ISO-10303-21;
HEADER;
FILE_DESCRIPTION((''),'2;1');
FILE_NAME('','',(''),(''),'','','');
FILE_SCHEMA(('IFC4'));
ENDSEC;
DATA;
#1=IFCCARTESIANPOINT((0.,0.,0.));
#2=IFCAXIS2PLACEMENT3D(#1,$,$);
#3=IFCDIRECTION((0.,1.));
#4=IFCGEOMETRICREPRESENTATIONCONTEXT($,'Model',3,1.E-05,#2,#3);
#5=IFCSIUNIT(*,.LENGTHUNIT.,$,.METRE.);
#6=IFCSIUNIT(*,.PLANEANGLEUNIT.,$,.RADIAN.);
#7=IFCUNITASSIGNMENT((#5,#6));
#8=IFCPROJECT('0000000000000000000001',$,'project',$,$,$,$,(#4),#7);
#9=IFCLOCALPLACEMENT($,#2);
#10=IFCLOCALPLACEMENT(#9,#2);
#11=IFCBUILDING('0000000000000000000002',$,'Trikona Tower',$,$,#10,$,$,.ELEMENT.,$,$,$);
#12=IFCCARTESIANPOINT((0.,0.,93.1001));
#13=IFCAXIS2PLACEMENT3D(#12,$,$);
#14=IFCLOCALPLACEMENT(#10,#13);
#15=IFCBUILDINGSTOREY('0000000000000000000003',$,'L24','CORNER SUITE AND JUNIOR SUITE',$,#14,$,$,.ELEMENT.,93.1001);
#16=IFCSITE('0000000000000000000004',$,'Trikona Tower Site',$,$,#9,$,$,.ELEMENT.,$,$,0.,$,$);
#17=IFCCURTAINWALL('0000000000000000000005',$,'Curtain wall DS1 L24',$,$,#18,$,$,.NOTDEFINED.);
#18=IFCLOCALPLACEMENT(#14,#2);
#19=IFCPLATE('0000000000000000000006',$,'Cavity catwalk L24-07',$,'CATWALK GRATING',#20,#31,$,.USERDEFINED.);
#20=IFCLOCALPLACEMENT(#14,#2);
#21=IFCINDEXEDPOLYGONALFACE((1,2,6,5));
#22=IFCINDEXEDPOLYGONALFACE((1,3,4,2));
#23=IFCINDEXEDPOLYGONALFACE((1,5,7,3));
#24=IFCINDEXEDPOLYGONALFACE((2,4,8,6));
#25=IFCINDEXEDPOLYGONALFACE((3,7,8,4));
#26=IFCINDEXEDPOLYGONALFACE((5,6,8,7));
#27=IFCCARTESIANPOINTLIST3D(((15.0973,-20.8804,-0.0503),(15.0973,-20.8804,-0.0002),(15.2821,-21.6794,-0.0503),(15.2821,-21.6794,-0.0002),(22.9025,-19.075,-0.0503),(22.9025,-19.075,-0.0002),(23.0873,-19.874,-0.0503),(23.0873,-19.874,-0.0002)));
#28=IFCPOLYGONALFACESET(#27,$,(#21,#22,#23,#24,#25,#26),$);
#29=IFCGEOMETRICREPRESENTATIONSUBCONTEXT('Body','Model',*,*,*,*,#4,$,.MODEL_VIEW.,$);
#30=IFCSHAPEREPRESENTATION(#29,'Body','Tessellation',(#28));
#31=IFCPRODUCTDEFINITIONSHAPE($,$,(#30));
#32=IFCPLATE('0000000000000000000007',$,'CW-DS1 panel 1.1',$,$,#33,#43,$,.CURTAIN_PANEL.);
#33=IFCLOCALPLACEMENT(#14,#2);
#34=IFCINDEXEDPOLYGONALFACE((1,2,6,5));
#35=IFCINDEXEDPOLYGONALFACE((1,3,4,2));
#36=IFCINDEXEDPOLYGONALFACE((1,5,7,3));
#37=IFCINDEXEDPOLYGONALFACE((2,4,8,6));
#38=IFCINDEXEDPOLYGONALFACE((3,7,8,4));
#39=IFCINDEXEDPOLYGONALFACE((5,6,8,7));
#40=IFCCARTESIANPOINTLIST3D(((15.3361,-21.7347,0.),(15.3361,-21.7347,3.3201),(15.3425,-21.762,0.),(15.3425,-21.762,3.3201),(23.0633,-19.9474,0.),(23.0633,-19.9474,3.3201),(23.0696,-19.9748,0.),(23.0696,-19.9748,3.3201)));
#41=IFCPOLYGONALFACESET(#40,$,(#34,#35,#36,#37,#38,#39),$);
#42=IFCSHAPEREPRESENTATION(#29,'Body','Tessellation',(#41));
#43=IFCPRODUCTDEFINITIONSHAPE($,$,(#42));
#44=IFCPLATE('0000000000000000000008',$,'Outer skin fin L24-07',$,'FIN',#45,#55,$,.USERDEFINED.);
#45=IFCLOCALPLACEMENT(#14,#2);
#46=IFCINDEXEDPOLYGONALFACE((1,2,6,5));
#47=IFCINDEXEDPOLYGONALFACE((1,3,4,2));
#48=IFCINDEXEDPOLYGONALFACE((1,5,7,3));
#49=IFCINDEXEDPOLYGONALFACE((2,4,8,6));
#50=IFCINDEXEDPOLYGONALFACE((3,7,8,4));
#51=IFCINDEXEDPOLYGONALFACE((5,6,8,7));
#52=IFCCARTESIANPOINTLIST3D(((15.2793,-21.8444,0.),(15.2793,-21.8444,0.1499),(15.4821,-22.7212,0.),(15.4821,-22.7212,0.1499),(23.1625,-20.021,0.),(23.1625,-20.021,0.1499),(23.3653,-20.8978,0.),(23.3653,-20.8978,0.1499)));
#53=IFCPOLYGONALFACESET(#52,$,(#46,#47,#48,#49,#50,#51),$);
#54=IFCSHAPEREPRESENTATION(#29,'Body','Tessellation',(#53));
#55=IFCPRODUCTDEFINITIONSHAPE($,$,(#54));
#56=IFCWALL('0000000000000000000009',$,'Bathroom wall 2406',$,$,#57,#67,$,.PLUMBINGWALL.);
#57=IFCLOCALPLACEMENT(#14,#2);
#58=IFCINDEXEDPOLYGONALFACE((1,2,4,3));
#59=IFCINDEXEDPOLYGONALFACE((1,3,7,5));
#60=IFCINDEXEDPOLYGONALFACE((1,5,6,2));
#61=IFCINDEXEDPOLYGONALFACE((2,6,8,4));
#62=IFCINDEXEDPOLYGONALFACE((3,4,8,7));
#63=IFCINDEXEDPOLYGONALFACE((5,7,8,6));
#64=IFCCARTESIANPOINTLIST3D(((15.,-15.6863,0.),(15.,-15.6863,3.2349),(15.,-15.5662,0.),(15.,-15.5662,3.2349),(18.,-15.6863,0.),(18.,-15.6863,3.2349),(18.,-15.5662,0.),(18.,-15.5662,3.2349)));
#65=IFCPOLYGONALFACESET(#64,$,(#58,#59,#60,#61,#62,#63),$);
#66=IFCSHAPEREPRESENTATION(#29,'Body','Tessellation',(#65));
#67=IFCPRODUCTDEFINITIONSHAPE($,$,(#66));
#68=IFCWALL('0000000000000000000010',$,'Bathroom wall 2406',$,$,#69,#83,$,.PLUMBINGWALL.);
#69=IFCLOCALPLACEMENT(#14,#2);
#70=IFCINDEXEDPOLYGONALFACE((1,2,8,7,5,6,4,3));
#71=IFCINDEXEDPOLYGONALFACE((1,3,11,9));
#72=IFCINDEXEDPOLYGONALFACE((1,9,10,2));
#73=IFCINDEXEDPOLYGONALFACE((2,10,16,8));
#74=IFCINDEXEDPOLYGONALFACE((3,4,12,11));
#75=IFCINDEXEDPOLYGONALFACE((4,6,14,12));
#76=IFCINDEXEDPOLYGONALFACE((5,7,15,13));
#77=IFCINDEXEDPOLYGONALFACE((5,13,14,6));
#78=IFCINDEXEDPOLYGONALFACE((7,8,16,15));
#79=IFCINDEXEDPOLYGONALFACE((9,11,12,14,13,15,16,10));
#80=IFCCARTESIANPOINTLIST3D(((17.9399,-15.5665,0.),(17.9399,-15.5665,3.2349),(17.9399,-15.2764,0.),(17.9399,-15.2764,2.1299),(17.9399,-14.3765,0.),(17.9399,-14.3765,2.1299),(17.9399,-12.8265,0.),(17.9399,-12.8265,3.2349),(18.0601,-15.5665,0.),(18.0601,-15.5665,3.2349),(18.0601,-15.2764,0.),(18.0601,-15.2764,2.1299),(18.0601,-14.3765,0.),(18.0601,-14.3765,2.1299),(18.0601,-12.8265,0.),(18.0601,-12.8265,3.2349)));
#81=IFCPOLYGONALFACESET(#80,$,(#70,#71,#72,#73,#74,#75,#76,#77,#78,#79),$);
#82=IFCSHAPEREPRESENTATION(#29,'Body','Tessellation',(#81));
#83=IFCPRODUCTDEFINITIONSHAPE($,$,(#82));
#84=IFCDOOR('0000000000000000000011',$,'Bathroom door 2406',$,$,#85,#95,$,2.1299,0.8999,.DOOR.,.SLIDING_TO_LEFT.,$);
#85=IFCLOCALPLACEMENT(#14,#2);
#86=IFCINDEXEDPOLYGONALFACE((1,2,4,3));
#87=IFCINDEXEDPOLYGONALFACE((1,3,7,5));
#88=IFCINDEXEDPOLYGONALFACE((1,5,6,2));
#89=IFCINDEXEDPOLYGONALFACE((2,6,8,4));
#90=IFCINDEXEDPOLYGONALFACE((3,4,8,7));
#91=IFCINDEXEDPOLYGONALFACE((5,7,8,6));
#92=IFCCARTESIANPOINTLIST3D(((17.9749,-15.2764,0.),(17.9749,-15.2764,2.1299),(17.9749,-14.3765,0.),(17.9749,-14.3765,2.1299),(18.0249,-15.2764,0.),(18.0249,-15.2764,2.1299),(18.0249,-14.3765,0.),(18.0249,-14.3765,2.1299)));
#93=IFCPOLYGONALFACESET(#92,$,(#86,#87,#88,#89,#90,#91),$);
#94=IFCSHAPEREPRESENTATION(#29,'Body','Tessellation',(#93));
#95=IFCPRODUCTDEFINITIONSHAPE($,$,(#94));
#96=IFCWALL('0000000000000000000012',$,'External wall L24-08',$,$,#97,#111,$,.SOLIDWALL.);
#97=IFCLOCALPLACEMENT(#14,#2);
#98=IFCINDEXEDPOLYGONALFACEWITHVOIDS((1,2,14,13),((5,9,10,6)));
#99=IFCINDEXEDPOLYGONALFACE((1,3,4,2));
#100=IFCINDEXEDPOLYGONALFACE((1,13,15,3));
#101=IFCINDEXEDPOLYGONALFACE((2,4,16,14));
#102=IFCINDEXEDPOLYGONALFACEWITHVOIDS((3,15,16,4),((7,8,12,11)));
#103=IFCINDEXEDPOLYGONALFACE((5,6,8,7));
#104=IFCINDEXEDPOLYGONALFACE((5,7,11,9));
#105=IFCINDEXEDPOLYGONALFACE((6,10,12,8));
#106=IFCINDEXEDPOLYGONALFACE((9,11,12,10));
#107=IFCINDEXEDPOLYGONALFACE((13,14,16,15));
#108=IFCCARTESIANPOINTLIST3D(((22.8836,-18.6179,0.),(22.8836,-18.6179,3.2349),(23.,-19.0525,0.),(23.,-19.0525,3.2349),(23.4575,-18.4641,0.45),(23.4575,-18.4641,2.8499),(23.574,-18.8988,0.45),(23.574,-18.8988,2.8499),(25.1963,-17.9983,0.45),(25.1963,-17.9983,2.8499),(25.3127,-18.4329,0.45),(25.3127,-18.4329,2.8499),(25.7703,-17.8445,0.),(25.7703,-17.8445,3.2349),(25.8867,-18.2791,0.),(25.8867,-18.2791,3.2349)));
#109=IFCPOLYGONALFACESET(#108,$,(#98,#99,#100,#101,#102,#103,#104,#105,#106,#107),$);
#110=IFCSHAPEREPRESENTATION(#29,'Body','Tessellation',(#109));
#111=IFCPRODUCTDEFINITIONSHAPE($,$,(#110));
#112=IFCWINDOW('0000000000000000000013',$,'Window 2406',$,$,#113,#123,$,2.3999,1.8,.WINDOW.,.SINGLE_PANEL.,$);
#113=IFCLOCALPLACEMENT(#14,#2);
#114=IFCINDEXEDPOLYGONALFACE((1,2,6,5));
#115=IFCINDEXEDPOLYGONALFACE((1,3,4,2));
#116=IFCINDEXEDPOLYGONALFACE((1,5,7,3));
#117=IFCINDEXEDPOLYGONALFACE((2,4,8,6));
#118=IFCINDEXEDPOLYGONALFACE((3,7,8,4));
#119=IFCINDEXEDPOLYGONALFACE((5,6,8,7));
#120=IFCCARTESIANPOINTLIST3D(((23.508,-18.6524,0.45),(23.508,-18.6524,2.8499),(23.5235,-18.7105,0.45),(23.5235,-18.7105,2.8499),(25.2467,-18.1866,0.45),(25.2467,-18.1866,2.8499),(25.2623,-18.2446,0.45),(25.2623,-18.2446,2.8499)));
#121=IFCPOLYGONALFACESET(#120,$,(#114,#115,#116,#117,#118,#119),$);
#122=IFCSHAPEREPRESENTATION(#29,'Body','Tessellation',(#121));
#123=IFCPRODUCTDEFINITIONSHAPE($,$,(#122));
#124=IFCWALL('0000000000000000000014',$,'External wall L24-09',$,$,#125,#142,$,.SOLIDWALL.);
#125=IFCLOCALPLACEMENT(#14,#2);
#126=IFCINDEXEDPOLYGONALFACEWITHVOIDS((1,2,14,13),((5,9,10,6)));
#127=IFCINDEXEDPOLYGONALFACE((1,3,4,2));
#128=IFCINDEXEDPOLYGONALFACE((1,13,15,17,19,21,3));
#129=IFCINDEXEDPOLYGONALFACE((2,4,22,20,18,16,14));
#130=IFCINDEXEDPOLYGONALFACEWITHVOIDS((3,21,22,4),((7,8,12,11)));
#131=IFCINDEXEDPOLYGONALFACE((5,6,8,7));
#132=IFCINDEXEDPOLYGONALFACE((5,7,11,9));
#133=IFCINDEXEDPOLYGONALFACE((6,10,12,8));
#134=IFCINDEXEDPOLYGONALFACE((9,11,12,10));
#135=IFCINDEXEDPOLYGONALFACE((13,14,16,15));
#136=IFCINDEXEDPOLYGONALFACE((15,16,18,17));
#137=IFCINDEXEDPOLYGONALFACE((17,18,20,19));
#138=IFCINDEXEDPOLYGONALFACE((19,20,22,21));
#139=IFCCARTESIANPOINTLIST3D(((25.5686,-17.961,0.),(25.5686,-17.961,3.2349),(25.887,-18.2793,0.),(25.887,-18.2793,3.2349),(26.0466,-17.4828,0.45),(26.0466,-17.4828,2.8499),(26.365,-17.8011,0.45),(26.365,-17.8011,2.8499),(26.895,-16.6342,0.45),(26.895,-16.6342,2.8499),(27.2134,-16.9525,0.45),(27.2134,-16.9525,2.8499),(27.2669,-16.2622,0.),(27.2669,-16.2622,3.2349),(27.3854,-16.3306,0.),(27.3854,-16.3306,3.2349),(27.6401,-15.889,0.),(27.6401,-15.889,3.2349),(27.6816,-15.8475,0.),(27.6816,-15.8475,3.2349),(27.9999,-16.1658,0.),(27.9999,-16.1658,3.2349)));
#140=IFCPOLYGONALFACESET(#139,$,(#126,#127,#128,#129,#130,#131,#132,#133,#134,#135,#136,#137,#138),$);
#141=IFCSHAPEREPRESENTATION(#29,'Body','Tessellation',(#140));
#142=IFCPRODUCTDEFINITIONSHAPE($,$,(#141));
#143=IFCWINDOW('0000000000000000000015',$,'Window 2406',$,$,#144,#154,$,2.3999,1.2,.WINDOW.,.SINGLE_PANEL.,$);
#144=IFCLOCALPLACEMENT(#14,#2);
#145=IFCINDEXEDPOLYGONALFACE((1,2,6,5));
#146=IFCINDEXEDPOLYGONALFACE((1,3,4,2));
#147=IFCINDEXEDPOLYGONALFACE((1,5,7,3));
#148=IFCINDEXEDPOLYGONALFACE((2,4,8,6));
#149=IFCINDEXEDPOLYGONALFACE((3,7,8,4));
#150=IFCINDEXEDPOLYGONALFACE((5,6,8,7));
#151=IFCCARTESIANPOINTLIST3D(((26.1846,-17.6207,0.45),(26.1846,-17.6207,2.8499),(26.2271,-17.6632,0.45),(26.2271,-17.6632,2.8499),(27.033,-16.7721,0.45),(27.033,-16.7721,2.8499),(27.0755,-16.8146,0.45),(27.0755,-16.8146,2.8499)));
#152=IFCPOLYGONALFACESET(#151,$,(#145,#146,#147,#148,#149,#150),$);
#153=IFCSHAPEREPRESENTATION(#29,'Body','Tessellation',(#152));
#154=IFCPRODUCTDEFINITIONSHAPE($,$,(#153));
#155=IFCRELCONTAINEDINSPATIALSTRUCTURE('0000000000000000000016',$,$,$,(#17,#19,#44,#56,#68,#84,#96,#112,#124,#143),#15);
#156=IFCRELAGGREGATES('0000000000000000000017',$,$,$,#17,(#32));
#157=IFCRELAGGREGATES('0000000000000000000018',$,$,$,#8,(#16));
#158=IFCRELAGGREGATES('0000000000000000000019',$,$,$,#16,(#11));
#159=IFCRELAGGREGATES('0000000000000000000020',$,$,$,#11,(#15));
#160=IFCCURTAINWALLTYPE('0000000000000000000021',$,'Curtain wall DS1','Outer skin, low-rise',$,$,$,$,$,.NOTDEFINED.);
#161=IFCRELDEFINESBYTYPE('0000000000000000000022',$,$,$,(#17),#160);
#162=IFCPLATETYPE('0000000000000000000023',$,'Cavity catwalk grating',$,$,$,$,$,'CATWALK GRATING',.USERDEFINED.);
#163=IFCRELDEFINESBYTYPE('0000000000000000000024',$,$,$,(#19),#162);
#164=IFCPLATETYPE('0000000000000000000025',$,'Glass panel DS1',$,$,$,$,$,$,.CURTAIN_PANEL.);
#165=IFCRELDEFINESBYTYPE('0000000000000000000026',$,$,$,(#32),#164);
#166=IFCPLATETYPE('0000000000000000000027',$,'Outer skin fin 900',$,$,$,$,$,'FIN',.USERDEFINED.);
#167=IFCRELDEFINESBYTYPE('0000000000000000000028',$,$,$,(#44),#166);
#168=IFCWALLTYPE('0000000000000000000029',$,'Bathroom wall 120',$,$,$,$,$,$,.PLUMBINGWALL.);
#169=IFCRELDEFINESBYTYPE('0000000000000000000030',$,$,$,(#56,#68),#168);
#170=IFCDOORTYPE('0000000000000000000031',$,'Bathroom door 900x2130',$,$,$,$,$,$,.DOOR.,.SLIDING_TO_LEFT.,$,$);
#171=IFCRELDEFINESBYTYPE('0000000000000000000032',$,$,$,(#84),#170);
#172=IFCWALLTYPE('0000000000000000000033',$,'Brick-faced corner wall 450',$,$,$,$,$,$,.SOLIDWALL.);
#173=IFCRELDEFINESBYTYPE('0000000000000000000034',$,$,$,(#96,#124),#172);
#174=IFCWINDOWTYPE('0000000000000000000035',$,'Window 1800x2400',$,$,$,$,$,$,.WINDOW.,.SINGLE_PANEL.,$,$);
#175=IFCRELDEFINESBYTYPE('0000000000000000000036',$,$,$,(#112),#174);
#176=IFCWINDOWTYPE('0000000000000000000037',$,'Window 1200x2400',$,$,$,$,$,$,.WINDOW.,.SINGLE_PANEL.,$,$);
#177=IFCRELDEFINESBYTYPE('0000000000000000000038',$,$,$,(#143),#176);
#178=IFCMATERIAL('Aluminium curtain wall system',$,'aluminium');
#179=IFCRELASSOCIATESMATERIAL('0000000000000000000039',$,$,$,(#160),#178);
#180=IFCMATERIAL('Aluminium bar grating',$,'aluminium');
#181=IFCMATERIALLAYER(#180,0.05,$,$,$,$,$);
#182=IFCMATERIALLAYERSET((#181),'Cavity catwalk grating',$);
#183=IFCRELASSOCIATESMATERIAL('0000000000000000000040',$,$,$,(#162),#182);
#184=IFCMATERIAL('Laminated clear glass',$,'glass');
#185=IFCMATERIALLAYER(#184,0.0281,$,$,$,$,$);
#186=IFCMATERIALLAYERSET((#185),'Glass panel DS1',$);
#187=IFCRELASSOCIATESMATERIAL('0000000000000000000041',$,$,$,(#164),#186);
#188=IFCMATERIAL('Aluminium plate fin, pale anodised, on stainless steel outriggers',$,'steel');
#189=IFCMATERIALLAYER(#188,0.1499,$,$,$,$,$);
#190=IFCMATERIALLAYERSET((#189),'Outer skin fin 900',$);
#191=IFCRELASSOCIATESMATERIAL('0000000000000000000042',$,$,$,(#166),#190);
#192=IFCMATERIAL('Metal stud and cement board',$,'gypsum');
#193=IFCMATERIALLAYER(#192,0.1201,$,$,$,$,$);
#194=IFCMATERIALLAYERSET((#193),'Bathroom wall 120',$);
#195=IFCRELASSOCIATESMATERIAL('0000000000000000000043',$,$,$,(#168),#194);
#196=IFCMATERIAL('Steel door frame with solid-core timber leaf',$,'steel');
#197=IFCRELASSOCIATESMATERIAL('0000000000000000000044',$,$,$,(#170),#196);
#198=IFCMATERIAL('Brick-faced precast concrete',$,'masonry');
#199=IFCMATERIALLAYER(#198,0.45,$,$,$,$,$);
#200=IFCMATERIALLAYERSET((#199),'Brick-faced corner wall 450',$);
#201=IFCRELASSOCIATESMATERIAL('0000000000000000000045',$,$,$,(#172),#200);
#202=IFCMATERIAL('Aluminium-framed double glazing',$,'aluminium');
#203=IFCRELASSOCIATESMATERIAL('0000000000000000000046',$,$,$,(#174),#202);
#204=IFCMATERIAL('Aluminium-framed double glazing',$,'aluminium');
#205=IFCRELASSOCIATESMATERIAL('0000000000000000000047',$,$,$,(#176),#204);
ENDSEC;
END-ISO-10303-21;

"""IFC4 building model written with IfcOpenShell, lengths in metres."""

from ifc_helpers import new_model, si_unit, direction, frame, frame_2d, origin, origin_2d, place, context, subcontext, project, spatial, polyline, rectangle, outline, extrude, material, layer, layer_set, type_object, element, fill, aggregate, save


model = new_model("IFC4")

# Units and contexts
model_context = context("Model", 3, precision=1e-05, world=origin(), true_north=direction((0.0, 1.0)))
body_context = subcontext(model_context, "Body", "Model", "MODEL_VIEW")
ifc_project = project(units=[si_unit("LENGTHUNIT", "METRE"), si_unit("PLANEANGLEUNIT", "RADIAN")], contexts=[model_context])

# Site, building, storey
site_placement = place(None, origin())
site = spatial("IfcSite", under=ifc_project, at=site_placement, Name="Trikona Tower Site", CompositionType="ELEMENT", RefElevation=0.0)
building_placement = place(site_placement, origin())
building = spatial("IfcBuilding", under=site, at=building_placement, Name="Trikona Tower", CompositionType="ELEMENT")
storey_placement = place(building_placement, frame((0.0, 0.0, 93.1001)))
storey = spatial("IfcBuildingStorey", under=building, at=storey_placement, Name="L24", Description="CORNER SUITE AND JUNIOR SUITE", CompositionType="ELEMENT", Elevation=93.1001)

# Shared definitions
ifc_material_1 = material(Name="Aluminium curtain wall system", Category="aluminium")
curtain_wall_type = type_object("IfcCurtainWallType", Name="Curtain wall DS1", Description="Outer skin, low-rise", PredefinedType="NOTDEFINED", material=ifc_material_1)

# Curtain wall
curtain_wall_1_placement = place(storey_placement, origin())
curtain_wall_1 = element("IfcCurtainWall", 1, at=curtain_wall_1_placement, inside=storey, type_object=curtain_wall_type, Name="Curtain wall DS1 L24", PredefinedType="NOTDEFINED")

# Plates
ifc_material_2 = material(Name="Aluminium bar grating", Category="aluminium")
ifc_layer_1 = layer(ifc_material_2, 0.05)
ifc_layer_set_1 = layer_set([ifc_layer_1], Name="Cavity catwalk grating")
plate_type_1 = type_object("IfcPlateType", Name="Cavity catwalk grating", ElementType="CATWALK GRATING", PredefinedType="USERDEFINED", material=ifc_layer_set_1)
plate_1_placement = place(storey_placement, frame((19.0923, -20.3772, -0.0503), z_axis=(0.0, 0.0, 1.0), x_axis=(0.974278, 0.225351, 0.0)))
element("IfcPlate", 2, at=plate_1_placement, inside=storey, type_object=plate_type_1, Name="Cavity catwalk L24-07", ObjectType="CATWALK GRATING", PredefinedType="USERDEFINED", context=body_context, shape_type="SweptSolid", body=[
    extrude(rectangle(XDim=8.0112, YDim=0.8201, at=origin_2d()), origin(), (0.0, 0.0, 1.0), 0.05),
])
ifc_material_3 = material(Name="Laminated clear glass", Category="glass")
ifc_layer_2 = layer(ifc_material_3, 0.0281)
ifc_layer_set_2 = layer_set([ifc_layer_2], Name="Glass panel DS1")
plate_type_2 = type_object("IfcPlateType", Name="Glass panel DS1", PredefinedType="CURTAIN_PANEL", material=ifc_layer_set_2)
plate_2_placement = place(storey_placement, frame((19.2029, -20.8547, 0.0), z_axis=(0.0, 0.0, 1.0), x_axis=(0.974279, 0.225343, 0.0)))
plate_2 = element("IfcPlate", 3, at=plate_2_placement, type_object=plate_type_2, Name="CW-DS1 panel 1.1", PredefinedType="CURTAIN_PANEL", context=body_context, shape_type="SweptSolid", body=[
    extrude(rectangle(XDim=7.9312, YDim=0.0281, at=origin_2d()), origin(), (0.0, 0.0, 1.0), 3.3201),
])
aggregate(curtain_wall_1, [plate_2])
ifc_material_4 = material(Name="Aluminium plate fin, pale anodised, on stainless steel outriggers", Category="steel")
ifc_layer_3 = layer(ifc_material_4, 0.1499)
ifc_layer_set_3 = layer_set([ifc_layer_3], Name="Outer skin fin 900")
plate_type_3 = type_object("IfcPlateType", Name="Outer skin fin 900", ElementType="FIN", PredefinedType="USERDEFINED", material=ifc_layer_set_3)
plate_3_placement = place(storey_placement, frame((19.3223, -21.3711, 0.0), z_axis=(0.0, 0.0, 1.0), x_axis=(0.974278, 0.225351, 0.0)))
element("IfcPlate", 4, at=plate_3_placement, inside=storey, type_object=plate_type_3, Name="Outer skin fin L24-07", ObjectType="FIN", PredefinedType="USERDEFINED", context=body_context, shape_type="SweptSolid", body=[
    extrude(rectangle(XDim=8.0913, YDim=0.8999, at=origin_2d()), origin(), (0.0, 0.0, 1.0), 0.1499),
])

# Wall
ifc_material_5 = material(Name="Metal stud and cement board", Category="gypsum")
ifc_layer_4 = layer(ifc_material_5, 0.1201)
ifc_layer_set_4 = layer_set([ifc_layer_4], Name="Bathroom wall 120")
wall_type_1 = type_object("IfcWallType", Name="Bathroom wall 120", PredefinedType="PLUMBINGWALL", material=ifc_layer_set_4)
wall_1_placement = place(storey_placement, frame((15.0, -15.6262, 0.0), z_axis=(0.0, 0.0, 1.0), x_axis=(1.0, 0.0, 0.0)))
element("IfcWall", 5, at=wall_1_placement, inside=storey, type_object=wall_type_1, Name="Bathroom wall 2406", PredefinedType="PLUMBINGWALL", context=body_context, shape_type="SweptSolid", body=[
    extrude(rectangle(XDim=3.0, YDim=0.1201, at=frame_2d((1.5, 0.0))), origin(), (0.0, 0.0, 1.0), 3.2349),
])

# Wall, opening, door
wall_2_placement = place(storey_placement, frame((18.0, -12.8264, 0.0), z_axis=(0.0, 0.0, 1.0), x_axis=(0.0, -1.0, 0.0)))
wall_2 = element("IfcWall", 6, at=wall_2_placement, inside=storey, type_object=wall_type_1, Name="Bathroom wall 2406", PredefinedType="PLUMBINGWALL", context=body_context, shape_type="SweptSolid", body=[
    extrude(rectangle(XDim=2.74, YDim=0.1201, at=frame_2d((1.3701, 0.0))), origin(), (0.0, 0.0, 1.0), 3.2349),
])
opening_1_placement = place(wall_2_placement, frame((1.55, 0.0, 0.0)))
opening_1 = element("IfcOpeningElement", 7, at=opening_1_placement, cuts=wall_2, PredefinedType="OPENING", context=body_context, shape_type="SweptSolid", body=[
    extrude(rectangle(XDim=0.8999, YDim=2.1299, at=frame_2d((0.45, 1.0649))), frame((0.0, 0.0701, 0.0), z_axis=(0.0, -1.0, 0.0), x_axis=(1.0, 0.0, 0.0)), (0.0, 0.0, 1.0), 0.1401),
])
ifc_material_6 = material(Name="Steel door frame with solid-core timber leaf", Category="steel")
door_type = type_object("IfcDoorType", Name="Bathroom door 900x2130", OperationType="SLIDING_TO_LEFT", PredefinedType="DOOR", material=ifc_material_6)
door_placement = place(opening_1_placement, origin())
door = element("IfcDoor", 8, at=door_placement, inside=storey, type_object=door_type, Name="Bathroom door 2406", OperationType="SLIDING_TO_LEFT", OverallHeight=2.1299, OverallWidth=0.8999, PredefinedType="DOOR", context=body_context, shape_type="SweptSolid", body=[
    extrude(rectangle(XDim=0.8999, YDim=2.1299, at=frame_2d((0.45, 1.0649))), frame((0.0, 0.0249, 0.0), z_axis=(0.0, -1.0, 0.0), x_axis=(1.0, 0.0, 0.0)), (0.0, 0.0, 1.0), 0.05),
])
fill(opening_1, door)

# Walls, openings, windows
ifc_material_7 = material(Name="Brick-faced precast concrete", Category="masonry")
ifc_layer_5 = layer(ifc_material_7, 0.45)
ifc_layer_set_5 = layer_set([ifc_layer_5], Name="Brick-faced corner wall 450")
wall_type_2 = type_object("IfcWallType", Name="Brick-faced corner wall 450", PredefinedType="SOLIDWALL", material=ifc_layer_set_5)
wall_3_placement = place(storey_placement, frame((22.9419, -18.8352, 0.0), z_axis=(0.0, 0.0, 1.0), x_axis=(0.965931, 0.258801, 0.0)))
wall_3 = element("IfcWall", 9, at=wall_3_placement, inside=storey, type_object=wall_type_2, Name="External wall L24-08", PredefinedType="SOLIDWALL", context=body_context, shape_type="SweptSolid", body=[
    extrude(rectangle(XDim=2.9885, YDim=0.45, at=frame_2d((1.4941, 0.0))), origin(), (0.0, 0.0, 1.0), 3.2349),
])
opening_2_placement = place(wall_3_placement, frame((0.5942, 0.0, 0.45)))
opening_2 = element("IfcOpeningElement", 10, at=opening_2_placement, cuts=wall_3, PredefinedType="OPENING", context=body_context, shape_type="SweptSolid", body=[
    extrude(rectangle(XDim=1.8, YDim=2.3999, at=frame_2d((0.8999, 1.2))), frame((0.0, 0.2349, 0.0), z_axis=(0.0, -1.0, 0.0), x_axis=(1.0, 0.0, 0.0)), (0.0, 0.0, 1.0), 0.47),
])
ifc_material_8 = material(Name="Aluminium-framed double glazing", Category="aluminium")
window_type_1 = type_object("IfcWindowType", Name="Window 1800x2400", PartitioningType="SINGLE_PANEL", PredefinedType="WINDOW", material=ifc_material_8)
window_1_placement = place(opening_2_placement, origin())
window_1 = element("IfcWindow", 11, at=window_1_placement, inside=storey, type_object=window_type_1, Name="Window 2406", OverallHeight=2.3999, OverallWidth=1.8, PartitioningType="SINGLE_PANEL", PredefinedType="WINDOW", context=body_context, shape_type="SweptSolid", body=[
    extrude(rectangle(XDim=1.8, YDim=2.3999, at=frame_2d((0.8999, 1.2))), frame((0.0, 0.03, 0.0), z_axis=(0.0, -1.0, 0.0), x_axis=(1.0, 0.0, 0.0)), (0.0, 0.0, 1.0), 0.0601),
])
fill(opening_2, window_1)
wall_4_placement = place(storey_placement, frame((25.7278, -18.1201, 0.0), z_axis=(0.0, 0.0, 1.0), x_axis=(0.707025, 0.707188, 0.0)))
wall_4 = element("IfcWall", 12, at=wall_4_placement, inside=storey, type_object=wall_type_2, Name="External wall L24-09", PredefinedType="SOLIDWALL", context=body_context, shape_type="SweptSolid", body=[
    extrude(outline(polyline([(2.9885, 0.2251), (2.9299, 0.2251), (2.4375, 0.093), (2.4021, 0.2251), (0.0, 0.2251), (0.0, -0.2251), (2.9885, -0.2251), (2.9885, 0.2251)])), origin(), (0.0, 0.0, 1.0), 3.2349),
])
opening_3_placement = place(wall_4_placement, frame((0.676, 0.0, 0.45)))
opening_3 = element("IfcOpeningElement", 13, at=opening_3_placement, cuts=wall_4, PredefinedType="OPENING", context=body_context, shape_type="SweptSolid", body=[
    extrude(rectangle(XDim=1.2, YDim=2.3999, at=frame_2d((0.6001, 1.2))), frame((0.0, 0.2349, 0.0), z_axis=(0.0, -1.0, 0.0), x_axis=(1.0, 0.0, 0.0)), (0.0, 0.0, 1.0), 0.47),
])
ifc_material_9 = material(Name="Aluminium-framed double glazing", Category="aluminium")
window_type_2 = type_object("IfcWindowType", Name="Window 1200x2400", PartitioningType="SINGLE_PANEL", PredefinedType="WINDOW", material=ifc_material_9)
window_2_placement = place(opening_3_placement, origin())
window_2 = element("IfcWindow", 14, at=window_2_placement, inside=storey, type_object=window_type_2, Name="Window 2406", OverallHeight=2.3999, OverallWidth=1.2, PartitioningType="SINGLE_PANEL", PredefinedType="WINDOW", context=body_context, shape_type="SweptSolid", body=[
    extrude(rectangle(XDim=1.2, YDim=2.3999, at=frame_2d((0.6001, 1.2))), frame((0.0, 0.03, 0.0), z_axis=(0.0, -1.0, 0.0), x_axis=(1.0, 0.0, 0.0)), (0.0, 0.0, 1.0), 0.0601),
])
fill(opening_3, window_2)

save(model, "model.ifc")
